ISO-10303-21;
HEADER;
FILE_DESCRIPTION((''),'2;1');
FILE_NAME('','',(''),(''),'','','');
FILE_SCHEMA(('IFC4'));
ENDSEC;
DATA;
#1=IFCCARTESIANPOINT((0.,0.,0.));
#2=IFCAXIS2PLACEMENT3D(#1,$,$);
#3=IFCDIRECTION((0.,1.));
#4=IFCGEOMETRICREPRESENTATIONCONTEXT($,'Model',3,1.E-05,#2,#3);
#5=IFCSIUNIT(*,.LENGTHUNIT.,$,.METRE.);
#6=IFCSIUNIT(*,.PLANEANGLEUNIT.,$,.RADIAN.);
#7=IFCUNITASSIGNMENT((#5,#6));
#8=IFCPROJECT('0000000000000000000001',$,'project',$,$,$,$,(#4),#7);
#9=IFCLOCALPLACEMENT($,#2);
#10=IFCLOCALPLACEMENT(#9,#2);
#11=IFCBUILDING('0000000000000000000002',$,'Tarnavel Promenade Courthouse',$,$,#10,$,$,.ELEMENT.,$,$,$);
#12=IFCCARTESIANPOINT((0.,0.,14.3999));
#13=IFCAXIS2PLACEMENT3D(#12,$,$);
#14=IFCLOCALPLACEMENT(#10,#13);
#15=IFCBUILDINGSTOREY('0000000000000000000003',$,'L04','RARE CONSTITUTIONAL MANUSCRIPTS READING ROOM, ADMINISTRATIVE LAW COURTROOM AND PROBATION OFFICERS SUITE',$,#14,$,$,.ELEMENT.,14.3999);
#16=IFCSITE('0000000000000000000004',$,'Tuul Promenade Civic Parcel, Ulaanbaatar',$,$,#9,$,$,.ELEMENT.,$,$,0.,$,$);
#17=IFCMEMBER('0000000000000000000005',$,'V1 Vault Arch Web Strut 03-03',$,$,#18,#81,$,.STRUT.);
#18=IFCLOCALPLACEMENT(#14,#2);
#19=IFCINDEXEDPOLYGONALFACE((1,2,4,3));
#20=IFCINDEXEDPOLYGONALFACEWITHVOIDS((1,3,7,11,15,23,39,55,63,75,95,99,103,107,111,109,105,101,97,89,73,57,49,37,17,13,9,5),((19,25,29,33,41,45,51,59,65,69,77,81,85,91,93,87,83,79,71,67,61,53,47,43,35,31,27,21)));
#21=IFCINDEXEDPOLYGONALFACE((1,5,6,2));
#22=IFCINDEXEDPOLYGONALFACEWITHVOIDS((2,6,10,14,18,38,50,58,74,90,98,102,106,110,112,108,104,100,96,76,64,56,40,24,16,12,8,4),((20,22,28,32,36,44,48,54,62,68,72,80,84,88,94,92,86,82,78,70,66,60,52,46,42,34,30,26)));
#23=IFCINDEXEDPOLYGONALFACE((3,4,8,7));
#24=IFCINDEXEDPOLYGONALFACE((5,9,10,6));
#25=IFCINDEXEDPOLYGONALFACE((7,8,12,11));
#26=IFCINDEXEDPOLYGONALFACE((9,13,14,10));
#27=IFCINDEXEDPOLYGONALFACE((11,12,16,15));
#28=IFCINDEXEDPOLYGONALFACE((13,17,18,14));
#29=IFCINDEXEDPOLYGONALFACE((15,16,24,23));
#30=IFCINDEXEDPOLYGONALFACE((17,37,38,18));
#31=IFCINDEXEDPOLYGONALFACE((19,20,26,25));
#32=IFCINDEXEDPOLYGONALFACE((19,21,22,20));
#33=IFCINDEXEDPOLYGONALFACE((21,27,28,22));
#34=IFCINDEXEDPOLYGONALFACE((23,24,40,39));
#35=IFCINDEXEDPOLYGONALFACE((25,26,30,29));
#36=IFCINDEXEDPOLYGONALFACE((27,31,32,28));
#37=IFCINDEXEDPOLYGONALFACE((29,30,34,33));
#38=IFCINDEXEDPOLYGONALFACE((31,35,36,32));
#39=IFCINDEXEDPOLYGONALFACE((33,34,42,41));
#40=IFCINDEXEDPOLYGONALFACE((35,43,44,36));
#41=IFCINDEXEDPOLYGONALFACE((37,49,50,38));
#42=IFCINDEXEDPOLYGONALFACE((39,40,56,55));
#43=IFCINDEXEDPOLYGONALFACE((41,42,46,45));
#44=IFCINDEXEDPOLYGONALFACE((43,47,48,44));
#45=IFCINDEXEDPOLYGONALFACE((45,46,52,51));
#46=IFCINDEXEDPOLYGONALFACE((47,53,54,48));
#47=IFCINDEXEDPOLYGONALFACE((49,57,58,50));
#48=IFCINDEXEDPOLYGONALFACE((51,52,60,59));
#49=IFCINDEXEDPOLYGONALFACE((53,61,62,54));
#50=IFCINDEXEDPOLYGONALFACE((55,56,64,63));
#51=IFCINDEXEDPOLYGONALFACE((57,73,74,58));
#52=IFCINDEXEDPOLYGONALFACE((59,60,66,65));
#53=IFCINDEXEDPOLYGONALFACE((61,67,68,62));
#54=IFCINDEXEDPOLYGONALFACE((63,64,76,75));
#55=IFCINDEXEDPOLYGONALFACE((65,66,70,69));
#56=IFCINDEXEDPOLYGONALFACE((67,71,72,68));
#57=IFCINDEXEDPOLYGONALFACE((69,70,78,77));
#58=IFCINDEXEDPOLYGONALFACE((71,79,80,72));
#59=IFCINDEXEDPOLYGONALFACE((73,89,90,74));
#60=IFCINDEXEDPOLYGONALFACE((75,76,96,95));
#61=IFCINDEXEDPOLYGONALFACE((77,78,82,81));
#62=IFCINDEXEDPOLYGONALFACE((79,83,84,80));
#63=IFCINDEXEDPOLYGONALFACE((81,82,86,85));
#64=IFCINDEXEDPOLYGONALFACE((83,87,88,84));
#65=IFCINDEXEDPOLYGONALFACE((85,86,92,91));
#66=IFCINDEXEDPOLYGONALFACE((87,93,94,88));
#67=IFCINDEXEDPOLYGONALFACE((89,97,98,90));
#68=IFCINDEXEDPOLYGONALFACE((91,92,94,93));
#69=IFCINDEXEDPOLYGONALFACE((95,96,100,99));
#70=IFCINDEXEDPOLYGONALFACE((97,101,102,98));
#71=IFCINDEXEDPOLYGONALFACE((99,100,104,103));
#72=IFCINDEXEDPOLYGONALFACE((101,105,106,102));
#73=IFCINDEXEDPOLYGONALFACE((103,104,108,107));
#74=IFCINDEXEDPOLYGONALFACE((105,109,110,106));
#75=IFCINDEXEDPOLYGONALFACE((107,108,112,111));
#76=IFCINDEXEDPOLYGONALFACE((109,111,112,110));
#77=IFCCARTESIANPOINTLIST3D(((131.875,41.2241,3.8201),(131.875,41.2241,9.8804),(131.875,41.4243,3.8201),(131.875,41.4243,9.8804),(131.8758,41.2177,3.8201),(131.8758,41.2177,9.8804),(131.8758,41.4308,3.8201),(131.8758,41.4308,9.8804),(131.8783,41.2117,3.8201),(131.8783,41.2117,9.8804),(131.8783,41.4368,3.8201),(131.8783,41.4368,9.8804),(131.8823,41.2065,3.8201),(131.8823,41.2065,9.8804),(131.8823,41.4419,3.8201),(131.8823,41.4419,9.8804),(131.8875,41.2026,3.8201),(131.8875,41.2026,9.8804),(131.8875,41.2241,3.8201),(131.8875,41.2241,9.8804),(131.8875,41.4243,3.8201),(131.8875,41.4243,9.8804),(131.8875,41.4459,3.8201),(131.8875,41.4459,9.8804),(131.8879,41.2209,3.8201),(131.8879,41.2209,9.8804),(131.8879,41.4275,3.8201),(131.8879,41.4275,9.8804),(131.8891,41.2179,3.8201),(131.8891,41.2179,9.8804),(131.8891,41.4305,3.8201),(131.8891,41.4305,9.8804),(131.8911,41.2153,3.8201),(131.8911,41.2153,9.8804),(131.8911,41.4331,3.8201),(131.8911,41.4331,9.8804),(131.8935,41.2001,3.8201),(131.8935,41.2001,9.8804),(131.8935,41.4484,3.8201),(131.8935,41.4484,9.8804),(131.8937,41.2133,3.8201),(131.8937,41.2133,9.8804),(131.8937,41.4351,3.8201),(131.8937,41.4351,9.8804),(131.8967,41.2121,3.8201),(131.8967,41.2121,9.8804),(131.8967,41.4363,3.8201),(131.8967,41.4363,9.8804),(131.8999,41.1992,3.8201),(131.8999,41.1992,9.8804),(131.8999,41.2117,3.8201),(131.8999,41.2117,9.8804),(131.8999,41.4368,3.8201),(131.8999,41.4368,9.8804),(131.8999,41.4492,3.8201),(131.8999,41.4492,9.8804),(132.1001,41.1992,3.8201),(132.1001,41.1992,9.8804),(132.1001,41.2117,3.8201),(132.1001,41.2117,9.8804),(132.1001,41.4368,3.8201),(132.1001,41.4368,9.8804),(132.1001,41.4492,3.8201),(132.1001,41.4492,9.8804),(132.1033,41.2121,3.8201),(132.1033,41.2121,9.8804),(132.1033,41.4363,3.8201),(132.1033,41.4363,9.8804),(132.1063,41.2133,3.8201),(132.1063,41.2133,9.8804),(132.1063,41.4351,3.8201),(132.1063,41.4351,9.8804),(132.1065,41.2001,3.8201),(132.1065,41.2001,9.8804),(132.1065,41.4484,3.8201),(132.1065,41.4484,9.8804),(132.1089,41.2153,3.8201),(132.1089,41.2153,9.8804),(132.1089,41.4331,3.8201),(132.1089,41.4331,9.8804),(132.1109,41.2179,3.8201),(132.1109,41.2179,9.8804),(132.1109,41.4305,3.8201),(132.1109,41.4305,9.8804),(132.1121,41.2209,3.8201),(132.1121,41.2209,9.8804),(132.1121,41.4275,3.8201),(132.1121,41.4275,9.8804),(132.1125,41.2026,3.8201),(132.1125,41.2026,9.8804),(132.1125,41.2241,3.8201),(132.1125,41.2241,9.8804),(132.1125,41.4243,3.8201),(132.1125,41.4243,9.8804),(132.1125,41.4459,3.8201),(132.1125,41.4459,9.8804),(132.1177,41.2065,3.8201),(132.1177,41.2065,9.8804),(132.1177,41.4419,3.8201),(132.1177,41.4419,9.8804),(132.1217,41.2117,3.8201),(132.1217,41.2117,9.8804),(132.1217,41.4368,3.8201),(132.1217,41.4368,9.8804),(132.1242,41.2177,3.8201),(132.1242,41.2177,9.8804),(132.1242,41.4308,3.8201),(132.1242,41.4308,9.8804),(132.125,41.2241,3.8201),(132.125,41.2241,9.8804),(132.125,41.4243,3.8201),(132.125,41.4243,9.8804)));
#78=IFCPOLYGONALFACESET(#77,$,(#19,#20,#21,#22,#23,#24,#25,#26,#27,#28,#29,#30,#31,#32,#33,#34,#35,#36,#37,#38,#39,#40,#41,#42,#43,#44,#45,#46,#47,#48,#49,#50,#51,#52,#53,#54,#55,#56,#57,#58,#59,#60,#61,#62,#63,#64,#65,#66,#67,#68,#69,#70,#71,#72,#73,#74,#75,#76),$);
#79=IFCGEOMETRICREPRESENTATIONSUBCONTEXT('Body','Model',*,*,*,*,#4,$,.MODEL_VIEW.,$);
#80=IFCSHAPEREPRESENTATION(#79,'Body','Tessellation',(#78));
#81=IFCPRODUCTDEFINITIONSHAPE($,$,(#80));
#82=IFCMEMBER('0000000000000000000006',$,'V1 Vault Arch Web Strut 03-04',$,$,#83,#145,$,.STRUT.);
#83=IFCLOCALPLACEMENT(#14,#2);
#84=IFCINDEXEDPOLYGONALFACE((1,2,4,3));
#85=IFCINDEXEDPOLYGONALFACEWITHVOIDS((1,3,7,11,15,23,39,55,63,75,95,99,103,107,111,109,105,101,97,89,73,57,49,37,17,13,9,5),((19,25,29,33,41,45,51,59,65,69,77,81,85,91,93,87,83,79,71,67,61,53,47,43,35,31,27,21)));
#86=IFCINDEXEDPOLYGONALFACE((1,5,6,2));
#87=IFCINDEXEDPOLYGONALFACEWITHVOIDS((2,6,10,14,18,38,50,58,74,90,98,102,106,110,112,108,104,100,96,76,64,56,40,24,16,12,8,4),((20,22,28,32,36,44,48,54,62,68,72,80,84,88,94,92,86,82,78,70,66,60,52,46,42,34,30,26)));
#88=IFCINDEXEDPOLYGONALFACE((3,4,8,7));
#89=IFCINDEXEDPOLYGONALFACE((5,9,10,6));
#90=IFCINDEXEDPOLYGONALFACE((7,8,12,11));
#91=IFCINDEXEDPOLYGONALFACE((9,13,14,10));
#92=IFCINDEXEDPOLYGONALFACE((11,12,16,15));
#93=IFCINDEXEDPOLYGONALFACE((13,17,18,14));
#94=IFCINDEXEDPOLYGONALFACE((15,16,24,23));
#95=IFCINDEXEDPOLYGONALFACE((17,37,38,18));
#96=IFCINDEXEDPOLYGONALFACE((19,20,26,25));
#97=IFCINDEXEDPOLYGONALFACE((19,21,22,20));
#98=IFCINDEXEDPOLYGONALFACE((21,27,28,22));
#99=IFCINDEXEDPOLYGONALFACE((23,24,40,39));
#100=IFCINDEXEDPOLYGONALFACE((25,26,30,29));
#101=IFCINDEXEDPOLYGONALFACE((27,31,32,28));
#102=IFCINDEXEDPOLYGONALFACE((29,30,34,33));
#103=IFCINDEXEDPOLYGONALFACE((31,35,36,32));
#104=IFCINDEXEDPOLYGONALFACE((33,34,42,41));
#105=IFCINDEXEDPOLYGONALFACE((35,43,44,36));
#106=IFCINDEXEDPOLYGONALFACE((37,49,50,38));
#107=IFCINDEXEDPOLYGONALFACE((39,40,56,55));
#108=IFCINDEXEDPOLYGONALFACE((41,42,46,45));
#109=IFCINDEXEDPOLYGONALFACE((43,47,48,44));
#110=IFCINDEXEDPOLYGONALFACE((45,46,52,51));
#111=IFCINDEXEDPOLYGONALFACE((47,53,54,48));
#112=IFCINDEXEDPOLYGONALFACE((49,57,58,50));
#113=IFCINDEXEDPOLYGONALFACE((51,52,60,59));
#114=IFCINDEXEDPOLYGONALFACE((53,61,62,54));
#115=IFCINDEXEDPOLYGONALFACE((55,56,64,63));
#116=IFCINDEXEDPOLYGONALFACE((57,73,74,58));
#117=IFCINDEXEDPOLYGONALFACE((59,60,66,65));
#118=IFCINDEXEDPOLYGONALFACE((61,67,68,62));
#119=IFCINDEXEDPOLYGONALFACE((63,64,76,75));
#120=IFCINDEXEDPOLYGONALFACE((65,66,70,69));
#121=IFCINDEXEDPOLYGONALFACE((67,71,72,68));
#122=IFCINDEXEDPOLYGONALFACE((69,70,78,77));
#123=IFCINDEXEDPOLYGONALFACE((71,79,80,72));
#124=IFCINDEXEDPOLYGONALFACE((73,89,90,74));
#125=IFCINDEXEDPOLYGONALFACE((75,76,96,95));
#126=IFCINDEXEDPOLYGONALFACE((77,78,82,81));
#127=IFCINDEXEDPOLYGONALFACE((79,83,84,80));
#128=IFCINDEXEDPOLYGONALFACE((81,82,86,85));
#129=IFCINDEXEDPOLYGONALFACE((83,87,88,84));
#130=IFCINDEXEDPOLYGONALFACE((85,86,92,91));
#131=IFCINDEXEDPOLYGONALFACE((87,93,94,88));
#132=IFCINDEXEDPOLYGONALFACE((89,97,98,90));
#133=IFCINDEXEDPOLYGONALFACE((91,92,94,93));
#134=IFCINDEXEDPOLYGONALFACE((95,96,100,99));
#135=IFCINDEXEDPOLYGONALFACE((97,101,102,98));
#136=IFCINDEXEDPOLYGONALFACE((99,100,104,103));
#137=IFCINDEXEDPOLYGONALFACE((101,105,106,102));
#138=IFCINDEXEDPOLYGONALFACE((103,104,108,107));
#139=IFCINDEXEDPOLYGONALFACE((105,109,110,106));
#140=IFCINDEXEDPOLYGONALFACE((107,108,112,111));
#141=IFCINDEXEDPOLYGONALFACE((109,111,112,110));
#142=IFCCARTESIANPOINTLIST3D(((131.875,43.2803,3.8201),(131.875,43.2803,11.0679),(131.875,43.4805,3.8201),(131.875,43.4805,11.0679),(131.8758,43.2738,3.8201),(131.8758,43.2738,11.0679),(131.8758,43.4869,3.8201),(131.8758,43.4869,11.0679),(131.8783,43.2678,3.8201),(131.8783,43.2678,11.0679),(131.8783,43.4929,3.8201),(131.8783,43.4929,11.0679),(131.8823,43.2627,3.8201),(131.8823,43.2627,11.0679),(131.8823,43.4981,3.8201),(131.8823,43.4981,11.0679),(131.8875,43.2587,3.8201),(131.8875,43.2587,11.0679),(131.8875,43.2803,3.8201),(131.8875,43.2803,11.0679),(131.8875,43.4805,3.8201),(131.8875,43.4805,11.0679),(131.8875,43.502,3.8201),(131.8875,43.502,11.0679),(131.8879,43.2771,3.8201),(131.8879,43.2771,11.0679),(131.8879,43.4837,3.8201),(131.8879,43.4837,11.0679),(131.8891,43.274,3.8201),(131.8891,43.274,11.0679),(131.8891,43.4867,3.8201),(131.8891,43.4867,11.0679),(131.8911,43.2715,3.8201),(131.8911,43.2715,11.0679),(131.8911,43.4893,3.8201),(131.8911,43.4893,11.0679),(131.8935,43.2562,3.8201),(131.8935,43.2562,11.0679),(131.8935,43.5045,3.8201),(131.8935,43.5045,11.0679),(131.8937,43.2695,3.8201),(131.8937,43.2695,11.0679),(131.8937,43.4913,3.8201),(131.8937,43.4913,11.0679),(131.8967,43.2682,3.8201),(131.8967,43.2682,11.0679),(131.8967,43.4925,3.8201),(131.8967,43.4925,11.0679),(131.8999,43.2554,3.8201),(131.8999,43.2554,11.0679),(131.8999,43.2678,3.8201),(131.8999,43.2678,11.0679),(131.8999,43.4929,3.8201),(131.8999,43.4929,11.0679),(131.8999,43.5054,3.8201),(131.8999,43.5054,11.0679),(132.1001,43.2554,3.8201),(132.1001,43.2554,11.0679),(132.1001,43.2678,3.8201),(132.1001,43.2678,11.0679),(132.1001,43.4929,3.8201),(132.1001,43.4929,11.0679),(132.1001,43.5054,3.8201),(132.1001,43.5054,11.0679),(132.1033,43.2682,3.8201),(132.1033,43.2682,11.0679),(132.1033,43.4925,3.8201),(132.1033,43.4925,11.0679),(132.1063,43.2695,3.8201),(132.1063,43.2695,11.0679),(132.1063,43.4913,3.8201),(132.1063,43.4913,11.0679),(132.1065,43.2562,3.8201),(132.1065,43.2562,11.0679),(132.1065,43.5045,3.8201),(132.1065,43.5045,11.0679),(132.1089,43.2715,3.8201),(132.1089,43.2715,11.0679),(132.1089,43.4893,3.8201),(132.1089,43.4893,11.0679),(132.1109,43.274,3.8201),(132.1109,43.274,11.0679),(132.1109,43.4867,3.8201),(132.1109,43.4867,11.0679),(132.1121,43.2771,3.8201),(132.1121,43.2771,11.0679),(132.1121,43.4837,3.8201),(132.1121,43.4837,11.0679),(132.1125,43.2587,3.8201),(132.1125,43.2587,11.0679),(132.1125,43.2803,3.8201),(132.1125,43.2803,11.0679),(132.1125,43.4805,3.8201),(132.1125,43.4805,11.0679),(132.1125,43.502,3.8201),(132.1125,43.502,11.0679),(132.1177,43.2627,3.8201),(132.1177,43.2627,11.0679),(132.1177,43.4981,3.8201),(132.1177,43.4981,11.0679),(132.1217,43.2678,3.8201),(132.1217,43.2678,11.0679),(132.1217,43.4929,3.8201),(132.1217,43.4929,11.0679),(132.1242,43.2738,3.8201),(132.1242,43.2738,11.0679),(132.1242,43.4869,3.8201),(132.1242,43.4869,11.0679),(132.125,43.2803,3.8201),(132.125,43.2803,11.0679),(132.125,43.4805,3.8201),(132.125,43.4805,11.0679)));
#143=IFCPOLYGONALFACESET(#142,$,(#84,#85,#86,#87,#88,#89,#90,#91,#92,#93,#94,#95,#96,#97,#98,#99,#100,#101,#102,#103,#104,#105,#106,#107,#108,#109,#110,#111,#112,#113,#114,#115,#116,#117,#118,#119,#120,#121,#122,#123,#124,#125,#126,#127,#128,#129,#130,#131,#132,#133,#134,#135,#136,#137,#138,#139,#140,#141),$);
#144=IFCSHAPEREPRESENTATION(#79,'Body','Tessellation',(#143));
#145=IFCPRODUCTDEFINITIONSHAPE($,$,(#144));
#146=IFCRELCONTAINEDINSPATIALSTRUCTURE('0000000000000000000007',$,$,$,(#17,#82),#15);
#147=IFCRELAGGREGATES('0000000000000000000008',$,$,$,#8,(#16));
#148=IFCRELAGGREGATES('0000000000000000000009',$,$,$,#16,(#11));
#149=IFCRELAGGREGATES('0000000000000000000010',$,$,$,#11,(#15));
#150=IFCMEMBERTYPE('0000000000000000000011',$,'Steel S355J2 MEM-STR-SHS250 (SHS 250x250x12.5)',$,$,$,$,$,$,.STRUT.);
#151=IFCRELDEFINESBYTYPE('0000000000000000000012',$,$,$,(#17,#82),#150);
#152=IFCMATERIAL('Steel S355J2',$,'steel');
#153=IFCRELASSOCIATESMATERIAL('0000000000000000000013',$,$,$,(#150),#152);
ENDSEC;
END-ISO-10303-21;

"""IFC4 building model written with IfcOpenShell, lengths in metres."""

from ifc_helpers import new_model, si_unit, direction, frame, origin, origin_2d, place, context, subcontext, project, spatial, hollow_rectangle, extrude, material, material_profile, profile_set, type_object, element, save


model = new_model("IFC4")

# Units and contexts
model_context = context("Model", 3, precision=1e-05, world=origin(), true_north=direction((0.0, 1.0)))
body_context = subcontext(model_context, "Body", "Model", "MODEL_VIEW")
ifc_project = project(units=[si_unit("LENGTHUNIT", "METRE"), si_unit("PLANEANGLEUNIT", "RADIAN")], contexts=[model_context])

# Site, building, storey
site_placement = place(None, origin())
site = spatial("IfcSite", under=ifc_project, at=site_placement, Name="Tuul Promenade Civic Parcel, Ulaanbaatar", CompositionType="ELEMENT", RefElevation=0.0)
building_placement = place(site_placement, origin())
building = spatial("IfcBuilding", under=site, at=building_placement, Name="Tarnavel Promenade Courthouse", CompositionType="ELEMENT")
storey_placement = place(building_placement, frame((0.0, 0.0, 14.3999)))
storey = spatial("IfcBuildingStorey", under=building, at=storey_placement, Name="L04", Description="RARE CONSTITUTIONAL MANUSCRIPTS READING ROOM, ADMINISTRATIVE LAW COURTROOM AND PROBATION OFFICERS SUITE", CompositionType="ELEMENT", Elevation=14.3999)

# Shared definitions
ifc_material_1 = material(Name="Steel S355J2", Category="steel")

# Members
ifc_material_profile_1 = material_profile(ifc_material_1, hollow_rectangle(XDim=0.25, YDim=0.25, WallThickness=0.0125, InnerFilletRadius=0.0125, OuterFilletRadius=0.0249, at=origin_2d()), Name="SHS 250x250x12.5")
ifc_profile_set_1 = profile_set([ifc_material_profile_1], Name="Steel S355J2")
member_type_1 = type_object("IfcMemberType", Name="Steel S355J2 MEM-STR-SHS250 (SHS 250x250x12.5)", PredefinedType="STRUT", material=ifc_profile_set_1)
member_1_placement = place(storey_placement, frame((132.0, 41.3242, 3.8201), z_axis=(0.0, 0.0, 1.0), x_axis=(1.0, 0.0, 0.0)))
element("IfcMember", 1, at=member_1_placement, inside=storey, type_object=member_type_1, Name="V1 Vault Arch Web Strut 03-03", PredefinedType="STRUT", context=body_context, shape_type="SweptSolid", body=[
    extrude(hollow_rectangle(XDim=0.25, YDim=0.25, WallThickness=0.0125, InnerFilletRadius=0.0125, OuterFilletRadius=0.0249, at=origin_2d()), origin(), (0.0, 0.0, 1.0), 6.0603),
])
member_2_placement = place(storey_placement, frame((132.0, 43.3804, 3.8201), z_axis=(0.0, 0.0, 1.0), x_axis=(1.0, 0.0, 0.0)))
element("IfcMember", 2, at=member_2_placement, inside=storey, type_object=member_type_1, Name="V1 Vault Arch Web Strut 03-04", PredefinedType="STRUT", context=body_context, shape_type="SweptSolid", body=[
    extrude(hollow_rectangle(XDim=0.25, YDim=0.25, WallThickness=0.0125, InnerFilletRadius=0.0125, OuterFilletRadius=0.0249, at=origin_2d()), origin(), (0.0, 0.0, 1.0), 7.2478),
])

save(model, "model.ifc")
